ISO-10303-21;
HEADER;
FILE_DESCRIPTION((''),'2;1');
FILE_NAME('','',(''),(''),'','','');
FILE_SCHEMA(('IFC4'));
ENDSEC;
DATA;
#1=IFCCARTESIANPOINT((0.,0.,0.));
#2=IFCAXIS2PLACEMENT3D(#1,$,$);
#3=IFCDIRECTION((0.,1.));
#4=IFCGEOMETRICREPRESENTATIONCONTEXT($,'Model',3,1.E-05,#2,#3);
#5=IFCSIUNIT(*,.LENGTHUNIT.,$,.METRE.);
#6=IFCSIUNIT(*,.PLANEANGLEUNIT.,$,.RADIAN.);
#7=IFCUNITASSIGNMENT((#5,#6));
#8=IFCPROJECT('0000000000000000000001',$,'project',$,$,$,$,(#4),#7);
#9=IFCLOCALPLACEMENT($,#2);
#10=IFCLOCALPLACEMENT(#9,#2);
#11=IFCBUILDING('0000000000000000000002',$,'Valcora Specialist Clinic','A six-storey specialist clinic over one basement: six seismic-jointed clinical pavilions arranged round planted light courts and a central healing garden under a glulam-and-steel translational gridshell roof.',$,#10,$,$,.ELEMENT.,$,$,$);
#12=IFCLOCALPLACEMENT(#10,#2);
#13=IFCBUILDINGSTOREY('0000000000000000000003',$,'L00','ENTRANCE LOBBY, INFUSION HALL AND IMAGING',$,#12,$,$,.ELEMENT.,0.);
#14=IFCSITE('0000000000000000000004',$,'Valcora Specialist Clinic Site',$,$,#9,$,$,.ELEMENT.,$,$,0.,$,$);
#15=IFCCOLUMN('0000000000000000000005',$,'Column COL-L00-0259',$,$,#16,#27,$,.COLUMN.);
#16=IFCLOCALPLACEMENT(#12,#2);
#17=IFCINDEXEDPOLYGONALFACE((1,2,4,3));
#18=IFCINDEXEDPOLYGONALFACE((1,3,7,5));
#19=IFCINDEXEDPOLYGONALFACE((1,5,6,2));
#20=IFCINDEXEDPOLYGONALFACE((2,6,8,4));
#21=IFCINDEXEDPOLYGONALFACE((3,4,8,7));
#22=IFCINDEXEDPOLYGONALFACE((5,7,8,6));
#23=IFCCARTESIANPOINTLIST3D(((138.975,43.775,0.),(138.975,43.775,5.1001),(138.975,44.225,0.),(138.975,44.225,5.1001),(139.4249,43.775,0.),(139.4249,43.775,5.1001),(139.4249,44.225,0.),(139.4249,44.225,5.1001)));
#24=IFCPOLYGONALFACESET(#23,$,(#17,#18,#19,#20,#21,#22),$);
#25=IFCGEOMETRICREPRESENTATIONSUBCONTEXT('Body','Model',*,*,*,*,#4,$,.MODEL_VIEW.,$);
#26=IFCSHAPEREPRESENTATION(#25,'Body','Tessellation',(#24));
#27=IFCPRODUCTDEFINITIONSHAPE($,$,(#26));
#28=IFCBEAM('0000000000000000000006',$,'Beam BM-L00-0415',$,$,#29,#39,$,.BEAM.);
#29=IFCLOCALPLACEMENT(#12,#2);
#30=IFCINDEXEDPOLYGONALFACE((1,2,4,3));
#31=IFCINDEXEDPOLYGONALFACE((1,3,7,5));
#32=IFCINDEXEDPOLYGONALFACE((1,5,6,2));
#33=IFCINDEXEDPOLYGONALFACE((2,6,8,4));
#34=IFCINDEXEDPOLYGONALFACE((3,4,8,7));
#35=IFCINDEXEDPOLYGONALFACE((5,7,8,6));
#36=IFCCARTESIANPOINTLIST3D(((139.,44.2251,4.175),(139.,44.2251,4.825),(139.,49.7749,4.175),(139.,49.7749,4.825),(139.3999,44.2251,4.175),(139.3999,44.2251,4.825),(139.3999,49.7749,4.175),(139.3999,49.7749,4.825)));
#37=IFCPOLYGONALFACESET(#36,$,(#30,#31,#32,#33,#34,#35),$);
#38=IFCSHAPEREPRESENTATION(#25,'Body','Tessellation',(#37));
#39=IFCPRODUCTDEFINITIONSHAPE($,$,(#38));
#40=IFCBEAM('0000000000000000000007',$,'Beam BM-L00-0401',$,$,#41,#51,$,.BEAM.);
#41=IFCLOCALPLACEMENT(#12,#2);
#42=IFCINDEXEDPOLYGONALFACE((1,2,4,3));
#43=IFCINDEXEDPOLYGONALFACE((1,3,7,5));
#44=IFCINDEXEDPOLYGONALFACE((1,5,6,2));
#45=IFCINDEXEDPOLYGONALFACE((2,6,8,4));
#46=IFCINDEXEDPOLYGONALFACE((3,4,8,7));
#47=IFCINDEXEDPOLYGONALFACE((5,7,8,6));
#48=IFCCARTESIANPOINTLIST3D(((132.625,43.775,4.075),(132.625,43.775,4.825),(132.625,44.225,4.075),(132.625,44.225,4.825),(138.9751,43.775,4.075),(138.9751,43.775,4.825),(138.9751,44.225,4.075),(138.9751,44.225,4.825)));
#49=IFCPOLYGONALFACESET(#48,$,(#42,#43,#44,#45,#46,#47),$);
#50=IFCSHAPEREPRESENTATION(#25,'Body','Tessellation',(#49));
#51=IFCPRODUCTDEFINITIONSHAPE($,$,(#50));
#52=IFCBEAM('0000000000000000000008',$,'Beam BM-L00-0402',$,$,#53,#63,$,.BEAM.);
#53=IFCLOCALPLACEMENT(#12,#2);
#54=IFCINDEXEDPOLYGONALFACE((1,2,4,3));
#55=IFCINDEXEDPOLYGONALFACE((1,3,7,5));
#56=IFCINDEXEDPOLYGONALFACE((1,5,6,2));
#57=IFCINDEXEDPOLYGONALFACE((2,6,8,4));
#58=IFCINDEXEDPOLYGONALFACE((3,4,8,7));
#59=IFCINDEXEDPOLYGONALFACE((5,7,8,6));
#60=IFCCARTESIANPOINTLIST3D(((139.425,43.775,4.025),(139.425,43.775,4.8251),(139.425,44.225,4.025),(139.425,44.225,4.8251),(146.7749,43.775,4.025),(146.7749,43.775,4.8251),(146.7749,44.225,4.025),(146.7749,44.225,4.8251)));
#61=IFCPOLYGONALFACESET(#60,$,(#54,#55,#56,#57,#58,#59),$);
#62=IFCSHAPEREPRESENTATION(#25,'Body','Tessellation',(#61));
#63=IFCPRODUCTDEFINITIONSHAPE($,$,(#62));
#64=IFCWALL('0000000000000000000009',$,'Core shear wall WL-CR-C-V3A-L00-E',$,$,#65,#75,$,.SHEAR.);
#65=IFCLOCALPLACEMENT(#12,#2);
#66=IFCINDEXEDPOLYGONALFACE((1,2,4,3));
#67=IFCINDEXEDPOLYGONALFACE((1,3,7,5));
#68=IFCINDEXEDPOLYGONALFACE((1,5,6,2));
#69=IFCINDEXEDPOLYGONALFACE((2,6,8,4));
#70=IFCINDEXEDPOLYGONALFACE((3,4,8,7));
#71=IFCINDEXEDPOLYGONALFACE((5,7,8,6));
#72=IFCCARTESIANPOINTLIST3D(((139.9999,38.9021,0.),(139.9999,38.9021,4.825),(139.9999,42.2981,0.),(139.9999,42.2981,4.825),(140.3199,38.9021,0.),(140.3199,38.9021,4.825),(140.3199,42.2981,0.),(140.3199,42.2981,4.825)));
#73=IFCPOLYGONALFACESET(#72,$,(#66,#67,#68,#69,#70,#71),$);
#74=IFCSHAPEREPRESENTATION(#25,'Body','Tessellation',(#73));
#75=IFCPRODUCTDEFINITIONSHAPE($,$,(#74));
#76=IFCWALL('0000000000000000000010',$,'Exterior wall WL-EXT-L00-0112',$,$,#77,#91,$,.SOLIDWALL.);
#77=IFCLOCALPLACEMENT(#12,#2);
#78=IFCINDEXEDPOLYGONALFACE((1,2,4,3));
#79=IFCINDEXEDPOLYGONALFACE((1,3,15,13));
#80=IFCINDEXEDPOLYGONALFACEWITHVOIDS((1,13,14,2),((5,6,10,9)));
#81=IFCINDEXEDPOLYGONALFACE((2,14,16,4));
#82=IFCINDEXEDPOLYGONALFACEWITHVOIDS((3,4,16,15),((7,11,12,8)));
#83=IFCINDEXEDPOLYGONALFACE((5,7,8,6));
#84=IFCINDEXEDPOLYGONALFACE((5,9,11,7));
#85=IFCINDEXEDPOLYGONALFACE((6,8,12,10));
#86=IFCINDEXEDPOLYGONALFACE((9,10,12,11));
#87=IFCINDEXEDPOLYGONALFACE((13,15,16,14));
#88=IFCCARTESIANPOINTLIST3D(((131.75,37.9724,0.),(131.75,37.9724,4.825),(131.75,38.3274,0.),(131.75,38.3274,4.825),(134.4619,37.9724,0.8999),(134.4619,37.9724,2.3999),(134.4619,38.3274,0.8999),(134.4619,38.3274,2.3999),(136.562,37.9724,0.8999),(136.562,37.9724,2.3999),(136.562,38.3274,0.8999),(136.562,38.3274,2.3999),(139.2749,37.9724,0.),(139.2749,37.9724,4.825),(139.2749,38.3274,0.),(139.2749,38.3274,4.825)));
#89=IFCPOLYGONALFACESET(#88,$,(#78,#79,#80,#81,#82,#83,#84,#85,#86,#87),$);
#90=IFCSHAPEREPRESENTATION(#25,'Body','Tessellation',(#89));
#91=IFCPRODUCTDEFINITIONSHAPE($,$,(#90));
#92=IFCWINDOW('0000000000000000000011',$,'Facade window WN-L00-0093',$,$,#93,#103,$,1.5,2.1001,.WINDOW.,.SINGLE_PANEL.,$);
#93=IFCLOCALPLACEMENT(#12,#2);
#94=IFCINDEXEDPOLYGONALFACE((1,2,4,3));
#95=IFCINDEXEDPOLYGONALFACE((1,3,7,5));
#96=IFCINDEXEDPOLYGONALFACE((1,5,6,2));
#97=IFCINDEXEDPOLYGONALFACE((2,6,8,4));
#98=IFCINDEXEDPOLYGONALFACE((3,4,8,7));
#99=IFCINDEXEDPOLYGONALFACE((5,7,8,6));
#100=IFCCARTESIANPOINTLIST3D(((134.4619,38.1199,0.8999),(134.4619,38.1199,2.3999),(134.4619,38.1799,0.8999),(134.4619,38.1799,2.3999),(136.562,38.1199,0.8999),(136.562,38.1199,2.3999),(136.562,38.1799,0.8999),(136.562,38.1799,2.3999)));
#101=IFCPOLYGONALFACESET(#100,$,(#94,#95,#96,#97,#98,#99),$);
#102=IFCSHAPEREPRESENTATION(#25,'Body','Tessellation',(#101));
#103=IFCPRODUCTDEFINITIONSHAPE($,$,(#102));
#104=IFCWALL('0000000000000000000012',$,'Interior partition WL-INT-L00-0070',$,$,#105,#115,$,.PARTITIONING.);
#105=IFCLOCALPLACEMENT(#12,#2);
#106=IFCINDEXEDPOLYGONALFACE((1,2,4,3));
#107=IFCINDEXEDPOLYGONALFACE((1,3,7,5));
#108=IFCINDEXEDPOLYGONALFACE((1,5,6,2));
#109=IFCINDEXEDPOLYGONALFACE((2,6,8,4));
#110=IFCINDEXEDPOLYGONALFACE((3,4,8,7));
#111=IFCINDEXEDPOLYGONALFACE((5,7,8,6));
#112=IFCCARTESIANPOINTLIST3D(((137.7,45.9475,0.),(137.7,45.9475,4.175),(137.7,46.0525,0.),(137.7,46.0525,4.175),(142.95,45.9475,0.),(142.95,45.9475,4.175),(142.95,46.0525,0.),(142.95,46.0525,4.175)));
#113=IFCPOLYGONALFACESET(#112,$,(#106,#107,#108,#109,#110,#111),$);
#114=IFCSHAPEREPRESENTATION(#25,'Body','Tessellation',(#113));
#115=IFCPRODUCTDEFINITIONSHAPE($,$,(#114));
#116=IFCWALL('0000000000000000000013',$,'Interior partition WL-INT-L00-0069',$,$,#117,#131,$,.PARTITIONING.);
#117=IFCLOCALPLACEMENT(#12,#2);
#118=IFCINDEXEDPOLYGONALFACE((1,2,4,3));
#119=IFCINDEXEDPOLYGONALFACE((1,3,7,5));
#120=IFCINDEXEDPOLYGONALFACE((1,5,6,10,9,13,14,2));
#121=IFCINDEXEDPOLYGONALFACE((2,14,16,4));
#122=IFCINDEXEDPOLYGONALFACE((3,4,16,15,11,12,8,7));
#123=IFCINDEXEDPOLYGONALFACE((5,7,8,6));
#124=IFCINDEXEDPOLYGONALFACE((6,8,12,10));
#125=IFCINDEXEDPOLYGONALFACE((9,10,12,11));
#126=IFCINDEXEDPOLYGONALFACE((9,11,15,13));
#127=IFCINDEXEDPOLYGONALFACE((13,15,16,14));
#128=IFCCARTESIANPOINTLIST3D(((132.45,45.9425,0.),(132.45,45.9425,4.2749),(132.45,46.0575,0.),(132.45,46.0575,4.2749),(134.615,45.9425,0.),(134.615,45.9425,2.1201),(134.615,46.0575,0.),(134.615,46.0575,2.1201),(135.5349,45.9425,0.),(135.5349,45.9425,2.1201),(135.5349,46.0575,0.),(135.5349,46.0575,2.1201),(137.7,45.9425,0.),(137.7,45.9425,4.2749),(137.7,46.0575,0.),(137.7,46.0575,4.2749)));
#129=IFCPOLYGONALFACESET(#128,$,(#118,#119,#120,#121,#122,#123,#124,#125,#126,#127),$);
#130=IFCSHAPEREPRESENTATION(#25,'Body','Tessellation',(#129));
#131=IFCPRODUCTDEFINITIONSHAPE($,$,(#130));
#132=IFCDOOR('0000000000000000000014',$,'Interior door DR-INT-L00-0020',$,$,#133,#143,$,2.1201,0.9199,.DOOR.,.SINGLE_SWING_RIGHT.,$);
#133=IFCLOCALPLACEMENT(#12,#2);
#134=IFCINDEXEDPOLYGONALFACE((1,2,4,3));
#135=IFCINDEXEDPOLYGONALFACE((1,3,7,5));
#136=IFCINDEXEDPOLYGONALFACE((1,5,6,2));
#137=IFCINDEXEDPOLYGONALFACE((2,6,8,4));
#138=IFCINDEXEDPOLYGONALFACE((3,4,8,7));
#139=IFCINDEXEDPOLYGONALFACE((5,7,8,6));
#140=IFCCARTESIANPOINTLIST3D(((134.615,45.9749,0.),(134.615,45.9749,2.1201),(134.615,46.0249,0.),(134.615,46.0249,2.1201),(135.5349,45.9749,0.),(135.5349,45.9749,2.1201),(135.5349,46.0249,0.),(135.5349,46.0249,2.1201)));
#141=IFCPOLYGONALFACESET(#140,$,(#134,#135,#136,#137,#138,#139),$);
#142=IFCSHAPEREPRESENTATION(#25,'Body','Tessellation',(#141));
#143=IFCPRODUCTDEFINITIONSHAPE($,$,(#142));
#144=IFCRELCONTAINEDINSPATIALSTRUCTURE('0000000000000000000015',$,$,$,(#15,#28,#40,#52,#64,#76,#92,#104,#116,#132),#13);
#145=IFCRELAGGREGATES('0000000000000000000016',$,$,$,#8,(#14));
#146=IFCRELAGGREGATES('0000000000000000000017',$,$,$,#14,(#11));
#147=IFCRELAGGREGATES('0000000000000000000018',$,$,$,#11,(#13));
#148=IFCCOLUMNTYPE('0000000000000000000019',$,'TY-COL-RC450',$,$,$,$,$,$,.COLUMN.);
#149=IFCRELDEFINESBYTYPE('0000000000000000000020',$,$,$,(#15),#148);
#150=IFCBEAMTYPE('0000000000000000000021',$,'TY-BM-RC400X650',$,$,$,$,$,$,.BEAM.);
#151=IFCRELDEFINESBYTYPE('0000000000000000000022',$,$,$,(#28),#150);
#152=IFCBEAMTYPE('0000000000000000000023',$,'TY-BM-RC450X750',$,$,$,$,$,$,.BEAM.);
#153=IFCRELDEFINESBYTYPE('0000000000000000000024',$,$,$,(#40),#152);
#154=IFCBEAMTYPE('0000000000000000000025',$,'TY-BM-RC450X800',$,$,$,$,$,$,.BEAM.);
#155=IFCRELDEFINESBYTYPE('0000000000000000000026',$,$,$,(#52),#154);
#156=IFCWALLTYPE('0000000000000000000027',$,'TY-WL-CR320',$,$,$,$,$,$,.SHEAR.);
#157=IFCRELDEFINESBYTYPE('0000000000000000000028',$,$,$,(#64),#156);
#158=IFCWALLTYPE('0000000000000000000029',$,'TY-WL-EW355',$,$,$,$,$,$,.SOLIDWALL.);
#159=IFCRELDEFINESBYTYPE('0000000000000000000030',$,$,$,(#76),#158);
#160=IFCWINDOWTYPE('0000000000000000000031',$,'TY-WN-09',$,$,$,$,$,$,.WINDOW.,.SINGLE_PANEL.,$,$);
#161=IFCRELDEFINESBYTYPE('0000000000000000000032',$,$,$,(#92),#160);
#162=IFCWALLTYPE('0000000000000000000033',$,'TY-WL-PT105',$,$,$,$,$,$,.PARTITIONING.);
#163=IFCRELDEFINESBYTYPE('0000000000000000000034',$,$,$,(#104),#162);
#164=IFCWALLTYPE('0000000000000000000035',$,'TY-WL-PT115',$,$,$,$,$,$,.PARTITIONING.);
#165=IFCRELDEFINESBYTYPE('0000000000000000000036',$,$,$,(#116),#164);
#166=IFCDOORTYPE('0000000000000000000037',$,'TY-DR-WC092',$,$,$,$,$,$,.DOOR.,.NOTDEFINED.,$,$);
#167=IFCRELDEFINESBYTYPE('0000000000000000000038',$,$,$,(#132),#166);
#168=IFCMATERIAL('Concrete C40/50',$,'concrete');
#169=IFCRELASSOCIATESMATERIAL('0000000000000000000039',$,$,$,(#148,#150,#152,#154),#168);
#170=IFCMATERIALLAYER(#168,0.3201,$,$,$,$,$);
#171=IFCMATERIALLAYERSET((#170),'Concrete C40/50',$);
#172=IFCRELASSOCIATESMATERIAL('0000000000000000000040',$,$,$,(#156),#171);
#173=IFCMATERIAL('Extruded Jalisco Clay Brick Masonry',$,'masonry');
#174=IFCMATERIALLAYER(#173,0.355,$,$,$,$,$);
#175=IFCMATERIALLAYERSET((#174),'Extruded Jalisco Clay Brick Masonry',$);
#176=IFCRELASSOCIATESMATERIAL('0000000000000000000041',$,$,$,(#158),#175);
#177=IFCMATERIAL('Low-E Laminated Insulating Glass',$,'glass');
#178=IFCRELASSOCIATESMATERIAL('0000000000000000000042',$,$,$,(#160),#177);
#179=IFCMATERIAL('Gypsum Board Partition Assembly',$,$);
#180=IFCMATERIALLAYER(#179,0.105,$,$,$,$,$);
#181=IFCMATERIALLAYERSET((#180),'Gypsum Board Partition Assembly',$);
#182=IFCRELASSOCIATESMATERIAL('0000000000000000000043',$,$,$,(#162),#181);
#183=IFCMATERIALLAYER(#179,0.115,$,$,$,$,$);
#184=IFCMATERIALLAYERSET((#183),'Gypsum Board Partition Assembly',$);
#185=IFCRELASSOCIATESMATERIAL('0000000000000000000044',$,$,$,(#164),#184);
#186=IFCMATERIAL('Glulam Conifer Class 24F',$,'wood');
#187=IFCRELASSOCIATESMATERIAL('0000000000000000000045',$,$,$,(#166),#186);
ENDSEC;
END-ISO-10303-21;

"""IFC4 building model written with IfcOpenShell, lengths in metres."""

from ifc_helpers import new_model, si_unit, direction, frame, frame_2d, origin, origin_2d, place, context, subcontext, project, spatial, rectangle, extrude, material, layer, layer_set, material_profile, profile_set, type_object, element, fill, save


model = new_model("IFC4")

# Units and contexts
model_context = context("Model", 3, precision=1e-05, world=origin(), true_north=direction((0.0, 1.0)))
body_context = subcontext(model_context, "Body", "Model", "MODEL_VIEW")
ifc_project = project(units=[si_unit("LENGTHUNIT", "METRE"), si_unit("PLANEANGLEUNIT", "RADIAN")], contexts=[model_context])

# Site, building, storey
site_placement = place(None, origin())
site = spatial("IfcSite", under=ifc_project, at=site_placement, Name="Valcora Specialist Clinic Site", CompositionType="ELEMENT", RefElevation=0.0)
building_placement = place(site_placement, origin())
building = spatial("IfcBuilding", under=site, at=building_placement, Name="Valcora Specialist Clinic", Description="A six-storey specialist clinic over one basement: six seismic-jointed clinical pavilions arranged round planted light courts and a central healing garden under a glulam-and-steel translational gridshell roof.", CompositionType="ELEMENT")
storey_placement = place(building_placement, origin())
storey = spatial("IfcBuildingStorey", under=building, at=storey_placement, Name="L00", Description="ENTRANCE LOBBY, INFUSION HALL AND IMAGING", CompositionType="ELEMENT", Elevation=0.0)

# Column
ifc_material_1 = material(Name="Concrete C40/50", Category="concrete")
ifc_material_profile_1 = material_profile(ifc_material_1, rectangle(XDim=0.45, YDim=0.45, at=origin_2d()), Name="RC-COL-450X450")
ifc_profile_set_1 = profile_set([ifc_material_profile_1], Name="Concrete C40/50")
column_type = type_object("IfcColumnType", Name="TY-COL-RC450", PredefinedType="COLUMN", material=ifc_profile_set_1)
column_placement = place(storey_placement, frame((139.2, 44.0, 0.0), z_axis=(0.0, 0.0, 1.0), x_axis=(1.0, 0.0, 0.0)))
element("IfcColumn", 1, at=column_placement, inside=storey, type_object=column_type, Name="Column COL-L00-0259", PredefinedType="COLUMN", context=body_context, shape_type="SweptSolid", body=[
    extrude(rectangle(XDim=0.45, YDim=0.45, at=origin_2d()), origin(), (0.0, 0.0, 1.0), 5.1001),
])

# Beams
ifc_material_profile_2 = material_profile(ifc_material_1, rectangle(XDim=0.3999, YDim=0.6499, at=origin_2d()), Name="RC-BM-400X650")
ifc_profile_set_2 = profile_set([ifc_material_profile_2], Name="Concrete C40/50")
beam_type_1 = type_object("IfcBeamType", Name="TY-BM-RC400X650", PredefinedType="BEAM", material=ifc_profile_set_2)
beam_1_placement = place(storey_placement, frame((139.2, 44.2251, 4.5), z_axis=(0.0, 1.0, 0.0), x_axis=(-1.0, 0.0, 0.0)))
element("IfcBeam", 2, at=beam_1_placement, inside=storey, type_object=beam_type_1, Name="Beam BM-L00-0415", PredefinedType="BEAM", context=body_context, shape_type="SweptSolid", body=[
    extrude(rectangle(XDim=0.3999, YDim=0.6499, at=origin_2d()), origin(), (0.0, 0.0, 1.0), 5.5498),
])
ifc_material_profile_3 = material_profile(ifc_material_1, rectangle(XDim=0.45, YDim=0.75, at=origin_2d()), Name="RC-BM-450X750")
ifc_profile_set_3 = profile_set([ifc_material_profile_3], Name="Concrete C40/50")
beam_type_2 = type_object("IfcBeamType", Name="TY-BM-RC450X750", PredefinedType="BEAM", material=ifc_profile_set_3)
beam_2_placement = place(storey_placement, frame((132.625, 44.0, 4.45), z_axis=(1.0, 0.0, 0.0), x_axis=(0.0, 1.0, 0.0)))
element("IfcBeam", 3, at=beam_2_placement, inside=storey, type_object=beam_type_2, Name="Beam BM-L00-0401", PredefinedType="BEAM", context=body_context, shape_type="SweptSolid", body=[
    extrude(rectangle(XDim=0.45, YDim=0.75, at=origin_2d()), origin(), (0.0, 0.0, 1.0), 6.3501),
])
ifc_material_profile_4 = material_profile(ifc_material_1, rectangle(XDim=0.45, YDim=0.8, at=origin_2d()), Name="RC-BM-450X800")
ifc_profile_set_4 = profile_set([ifc_material_profile_4], Name="Concrete C40/50")
beam_type_3 = type_object("IfcBeamType", Name="TY-BM-RC450X800", PredefinedType="BEAM", material=ifc_profile_set_4)
beam_3_placement = place(storey_placement, frame((139.425, 44.0, 4.425), z_axis=(1.0, 0.0, 0.0), x_axis=(0.0, 1.0, 0.0)))
element("IfcBeam", 4, at=beam_3_placement, inside=storey, type_object=beam_type_3, Name="Beam BM-L00-0402", PredefinedType="BEAM", context=body_context, shape_type="SweptSolid", body=[
    extrude(rectangle(XDim=0.45, YDim=0.8, at=origin_2d()), origin(), (0.0, 0.0, 1.0), 7.3499),
])

# Wall
ifc_layer_1 = layer(ifc_material_1, 0.3201)
ifc_layer_set_1 = layer_set([ifc_layer_1], Name="Concrete C40/50")
wall_type_1 = type_object("IfcWallType", Name="TY-WL-CR320", PredefinedType="SHEAR", material=ifc_layer_set_1)
wall_1_placement = place(storey_placement, frame((140.1599, 38.9021, 0.0), z_axis=(0.0, 0.0, 1.0), x_axis=(0.0, 1.0, 0.0)))
element("IfcWall", 5, at=wall_1_placement, inside=storey, type_object=wall_type_1, Name="Core shear wall WL-CR-C-V3A-L00-E", PredefinedType="SHEAR", context=body_context, shape_type="SweptSolid", body=[
    extrude(rectangle(XDim=3.396, YDim=0.3201, at=frame_2d((1.698, 0.0))), origin(), (0.0, 0.0, 1.0), 4.825),
])

# Wall, opening, window
ifc_material_2 = material(Name="Extruded Jalisco Clay Brick Masonry", Category="masonry")
ifc_layer_2 = layer(ifc_material_2, 0.355)
ifc_layer_set_2 = layer_set([ifc_layer_2], Name="Extruded Jalisco Clay Brick Masonry")
wall_type_2 = type_object("IfcWallType", Name="TY-WL-EW355", PredefinedType="SOLIDWALL", material=ifc_layer_set_2)
wall_2_placement = place(storey_placement, frame((139.2749, 38.1499, 0.0), z_axis=(0.0, 0.0, 1.0), x_axis=(-1.0, 0.0, 0.0)))
wall_2 = element("IfcWall", 6, at=wall_2_placement, inside=storey, type_object=wall_type_2, Name="Exterior wall WL-EXT-L00-0112", PredefinedType="SOLIDWALL", context=body_context, shape_type="SweptSolid", body=[
    extrude(rectangle(XDim=7.5249, YDim=0.355, at=frame_2d((3.7625, 0.0))), origin(), (0.0, 0.0, 1.0), 4.825),
])
opening_1_placement = place(wall_2_placement, frame((2.7129, 0.0, 0.8999)))
opening_1 = element("IfcOpeningElement", 7, at=opening_1_placement, cuts=wall_2, PredefinedType="OPENING", context=body_context, shape_type="SweptSolid", body=[
    extrude(rectangle(XDim=2.1001, YDim=1.5, at=frame_2d((1.05, 0.75))), frame((0.0, 0.1875, 0.0), z_axis=(0.0, -1.0, 0.0), x_axis=(1.0, 0.0, 0.0)), (0.0, 0.0, 1.0), 0.375),
])
ifc_material_3 = material(Name="Low-E Laminated Insulating Glass", Category="glass")
window_type = type_object("IfcWindowType", Name="TY-WN-09", PartitioningType="SINGLE_PANEL", PredefinedType="WINDOW", material=ifc_material_3)
window_placement = place(opening_1_placement, origin())
window = element("IfcWindow", 8, at=window_placement, inside=storey, type_object=window_type, Name="Facade window WN-L00-0093", OverallHeight=1.5, OverallWidth=2.1001, PartitioningType="SINGLE_PANEL", PredefinedType="WINDOW", context=body_context, shape_type="SweptSolid", body=[
    extrude(rectangle(XDim=2.1001, YDim=1.5, at=frame_2d((1.05, 0.75))), frame((0.0, 0.03, 0.0), z_axis=(0.0, -1.0, 0.0), x_axis=(1.0, 0.0, 0.0)), (0.0, 0.0, 1.0), 0.0601),
])
fill(opening_1, window)

# Wall
ifc_material_4 = material(Name="Gypsum Board Partition Assembly")
ifc_layer_3 = layer(ifc_material_4, 0.105)
ifc_layer_set_3 = layer_set([ifc_layer_3], Name="Gypsum Board Partition Assembly")
wall_type_3 = type_object("IfcWallType", Name="TY-WL-PT105", PredefinedType="PARTITIONING", material=ifc_layer_set_3)
wall_3_placement = place(storey_placement, frame((137.7, 46.0, 0.0), z_axis=(0.0, 0.0, 1.0), x_axis=(1.0, 0.0, 0.0)))
element("IfcWall", 9, at=wall_3_placement, inside=storey, type_object=wall_type_3, Name="Interior partition WL-INT-L00-0070", PredefinedType="PARTITIONING", context=body_context, shape_type="SweptSolid", body=[
    extrude(rectangle(XDim=5.25, YDim=0.105, at=frame_2d((2.625, 0.0))), origin(), (0.0, 0.0, 1.0), 4.175),
])

# Wall, opening, door
ifc_layer_4 = layer(ifc_material_4, 0.115)
ifc_layer_set_4 = layer_set([ifc_layer_4], Name="Gypsum Board Partition Assembly")
wall_type_4 = type_object("IfcWallType", Name="TY-WL-PT115", PredefinedType="PARTITIONING", material=ifc_layer_set_4)
wall_4_placement = place(storey_placement, frame((132.45, 46.0, 0.0), z_axis=(0.0, 0.0, 1.0), x_axis=(1.0, 0.0, 0.0)))
wall_4 = element("IfcWall", 10, at=wall_4_placement, inside=storey, type_object=wall_type_4, Name="Interior partition WL-INT-L00-0069", PredefinedType="PARTITIONING", context=body_context, shape_type="SweptSolid", body=[
    extrude(rectangle(XDim=5.25, YDim=0.115, at=frame_2d((2.625, 0.0))), origin(), (0.0, 0.0, 1.0), 4.2749),
])
opening_2_placement = place(wall_4_placement, frame((2.165, 0.0, 0.0)))
opening_2 = element("IfcOpeningElement", 11, at=opening_2_placement, cuts=wall_4, PredefinedType="OPENING", context=body_context, shape_type="SweptSolid", body=[
    extrude(rectangle(XDim=0.9199, YDim=2.1201, at=frame_2d((0.46, 1.0601))), frame((0.0, 0.0674, 0.0), z_axis=(0.0, -1.0, 0.0), x_axis=(1.0, 0.0, 0.0)), (0.0, 0.0, 1.0), 0.135),
])
ifc_material_5 = material(Name="Glulam Conifer Class 24F", Category="wood")
door_type_1 = type_object("IfcDoorType", Name="TY-DR-WC092", OperationType="NOTDEFINED", PredefinedType="DOOR", material=ifc_material_5)
door_1_placement = place(opening_2_placement, origin())
door_1 = element("IfcDoor", 12, at=door_1_placement, inside=storey, type_object=door_type_1, Name="Interior door DR-INT-L00-0020", OperationType="SINGLE_SWING_RIGHT", OverallHeight=2.1201, OverallWidth=0.9199, PredefinedType="DOOR", context=body_context, shape_type="SweptSolid", body=[
    extrude(rectangle(XDim=0.9199, YDim=2.1201, at=frame_2d((0.46, 1.0601))), frame((0.0, 0.0249, 0.0), z_axis=(0.0, -1.0, 0.0), x_axis=(1.0, 0.0, 0.0)), (0.0, 0.0, 1.0), 0.05),
])
fill(opening_2, door_1)

save(model, "model.ifc")
